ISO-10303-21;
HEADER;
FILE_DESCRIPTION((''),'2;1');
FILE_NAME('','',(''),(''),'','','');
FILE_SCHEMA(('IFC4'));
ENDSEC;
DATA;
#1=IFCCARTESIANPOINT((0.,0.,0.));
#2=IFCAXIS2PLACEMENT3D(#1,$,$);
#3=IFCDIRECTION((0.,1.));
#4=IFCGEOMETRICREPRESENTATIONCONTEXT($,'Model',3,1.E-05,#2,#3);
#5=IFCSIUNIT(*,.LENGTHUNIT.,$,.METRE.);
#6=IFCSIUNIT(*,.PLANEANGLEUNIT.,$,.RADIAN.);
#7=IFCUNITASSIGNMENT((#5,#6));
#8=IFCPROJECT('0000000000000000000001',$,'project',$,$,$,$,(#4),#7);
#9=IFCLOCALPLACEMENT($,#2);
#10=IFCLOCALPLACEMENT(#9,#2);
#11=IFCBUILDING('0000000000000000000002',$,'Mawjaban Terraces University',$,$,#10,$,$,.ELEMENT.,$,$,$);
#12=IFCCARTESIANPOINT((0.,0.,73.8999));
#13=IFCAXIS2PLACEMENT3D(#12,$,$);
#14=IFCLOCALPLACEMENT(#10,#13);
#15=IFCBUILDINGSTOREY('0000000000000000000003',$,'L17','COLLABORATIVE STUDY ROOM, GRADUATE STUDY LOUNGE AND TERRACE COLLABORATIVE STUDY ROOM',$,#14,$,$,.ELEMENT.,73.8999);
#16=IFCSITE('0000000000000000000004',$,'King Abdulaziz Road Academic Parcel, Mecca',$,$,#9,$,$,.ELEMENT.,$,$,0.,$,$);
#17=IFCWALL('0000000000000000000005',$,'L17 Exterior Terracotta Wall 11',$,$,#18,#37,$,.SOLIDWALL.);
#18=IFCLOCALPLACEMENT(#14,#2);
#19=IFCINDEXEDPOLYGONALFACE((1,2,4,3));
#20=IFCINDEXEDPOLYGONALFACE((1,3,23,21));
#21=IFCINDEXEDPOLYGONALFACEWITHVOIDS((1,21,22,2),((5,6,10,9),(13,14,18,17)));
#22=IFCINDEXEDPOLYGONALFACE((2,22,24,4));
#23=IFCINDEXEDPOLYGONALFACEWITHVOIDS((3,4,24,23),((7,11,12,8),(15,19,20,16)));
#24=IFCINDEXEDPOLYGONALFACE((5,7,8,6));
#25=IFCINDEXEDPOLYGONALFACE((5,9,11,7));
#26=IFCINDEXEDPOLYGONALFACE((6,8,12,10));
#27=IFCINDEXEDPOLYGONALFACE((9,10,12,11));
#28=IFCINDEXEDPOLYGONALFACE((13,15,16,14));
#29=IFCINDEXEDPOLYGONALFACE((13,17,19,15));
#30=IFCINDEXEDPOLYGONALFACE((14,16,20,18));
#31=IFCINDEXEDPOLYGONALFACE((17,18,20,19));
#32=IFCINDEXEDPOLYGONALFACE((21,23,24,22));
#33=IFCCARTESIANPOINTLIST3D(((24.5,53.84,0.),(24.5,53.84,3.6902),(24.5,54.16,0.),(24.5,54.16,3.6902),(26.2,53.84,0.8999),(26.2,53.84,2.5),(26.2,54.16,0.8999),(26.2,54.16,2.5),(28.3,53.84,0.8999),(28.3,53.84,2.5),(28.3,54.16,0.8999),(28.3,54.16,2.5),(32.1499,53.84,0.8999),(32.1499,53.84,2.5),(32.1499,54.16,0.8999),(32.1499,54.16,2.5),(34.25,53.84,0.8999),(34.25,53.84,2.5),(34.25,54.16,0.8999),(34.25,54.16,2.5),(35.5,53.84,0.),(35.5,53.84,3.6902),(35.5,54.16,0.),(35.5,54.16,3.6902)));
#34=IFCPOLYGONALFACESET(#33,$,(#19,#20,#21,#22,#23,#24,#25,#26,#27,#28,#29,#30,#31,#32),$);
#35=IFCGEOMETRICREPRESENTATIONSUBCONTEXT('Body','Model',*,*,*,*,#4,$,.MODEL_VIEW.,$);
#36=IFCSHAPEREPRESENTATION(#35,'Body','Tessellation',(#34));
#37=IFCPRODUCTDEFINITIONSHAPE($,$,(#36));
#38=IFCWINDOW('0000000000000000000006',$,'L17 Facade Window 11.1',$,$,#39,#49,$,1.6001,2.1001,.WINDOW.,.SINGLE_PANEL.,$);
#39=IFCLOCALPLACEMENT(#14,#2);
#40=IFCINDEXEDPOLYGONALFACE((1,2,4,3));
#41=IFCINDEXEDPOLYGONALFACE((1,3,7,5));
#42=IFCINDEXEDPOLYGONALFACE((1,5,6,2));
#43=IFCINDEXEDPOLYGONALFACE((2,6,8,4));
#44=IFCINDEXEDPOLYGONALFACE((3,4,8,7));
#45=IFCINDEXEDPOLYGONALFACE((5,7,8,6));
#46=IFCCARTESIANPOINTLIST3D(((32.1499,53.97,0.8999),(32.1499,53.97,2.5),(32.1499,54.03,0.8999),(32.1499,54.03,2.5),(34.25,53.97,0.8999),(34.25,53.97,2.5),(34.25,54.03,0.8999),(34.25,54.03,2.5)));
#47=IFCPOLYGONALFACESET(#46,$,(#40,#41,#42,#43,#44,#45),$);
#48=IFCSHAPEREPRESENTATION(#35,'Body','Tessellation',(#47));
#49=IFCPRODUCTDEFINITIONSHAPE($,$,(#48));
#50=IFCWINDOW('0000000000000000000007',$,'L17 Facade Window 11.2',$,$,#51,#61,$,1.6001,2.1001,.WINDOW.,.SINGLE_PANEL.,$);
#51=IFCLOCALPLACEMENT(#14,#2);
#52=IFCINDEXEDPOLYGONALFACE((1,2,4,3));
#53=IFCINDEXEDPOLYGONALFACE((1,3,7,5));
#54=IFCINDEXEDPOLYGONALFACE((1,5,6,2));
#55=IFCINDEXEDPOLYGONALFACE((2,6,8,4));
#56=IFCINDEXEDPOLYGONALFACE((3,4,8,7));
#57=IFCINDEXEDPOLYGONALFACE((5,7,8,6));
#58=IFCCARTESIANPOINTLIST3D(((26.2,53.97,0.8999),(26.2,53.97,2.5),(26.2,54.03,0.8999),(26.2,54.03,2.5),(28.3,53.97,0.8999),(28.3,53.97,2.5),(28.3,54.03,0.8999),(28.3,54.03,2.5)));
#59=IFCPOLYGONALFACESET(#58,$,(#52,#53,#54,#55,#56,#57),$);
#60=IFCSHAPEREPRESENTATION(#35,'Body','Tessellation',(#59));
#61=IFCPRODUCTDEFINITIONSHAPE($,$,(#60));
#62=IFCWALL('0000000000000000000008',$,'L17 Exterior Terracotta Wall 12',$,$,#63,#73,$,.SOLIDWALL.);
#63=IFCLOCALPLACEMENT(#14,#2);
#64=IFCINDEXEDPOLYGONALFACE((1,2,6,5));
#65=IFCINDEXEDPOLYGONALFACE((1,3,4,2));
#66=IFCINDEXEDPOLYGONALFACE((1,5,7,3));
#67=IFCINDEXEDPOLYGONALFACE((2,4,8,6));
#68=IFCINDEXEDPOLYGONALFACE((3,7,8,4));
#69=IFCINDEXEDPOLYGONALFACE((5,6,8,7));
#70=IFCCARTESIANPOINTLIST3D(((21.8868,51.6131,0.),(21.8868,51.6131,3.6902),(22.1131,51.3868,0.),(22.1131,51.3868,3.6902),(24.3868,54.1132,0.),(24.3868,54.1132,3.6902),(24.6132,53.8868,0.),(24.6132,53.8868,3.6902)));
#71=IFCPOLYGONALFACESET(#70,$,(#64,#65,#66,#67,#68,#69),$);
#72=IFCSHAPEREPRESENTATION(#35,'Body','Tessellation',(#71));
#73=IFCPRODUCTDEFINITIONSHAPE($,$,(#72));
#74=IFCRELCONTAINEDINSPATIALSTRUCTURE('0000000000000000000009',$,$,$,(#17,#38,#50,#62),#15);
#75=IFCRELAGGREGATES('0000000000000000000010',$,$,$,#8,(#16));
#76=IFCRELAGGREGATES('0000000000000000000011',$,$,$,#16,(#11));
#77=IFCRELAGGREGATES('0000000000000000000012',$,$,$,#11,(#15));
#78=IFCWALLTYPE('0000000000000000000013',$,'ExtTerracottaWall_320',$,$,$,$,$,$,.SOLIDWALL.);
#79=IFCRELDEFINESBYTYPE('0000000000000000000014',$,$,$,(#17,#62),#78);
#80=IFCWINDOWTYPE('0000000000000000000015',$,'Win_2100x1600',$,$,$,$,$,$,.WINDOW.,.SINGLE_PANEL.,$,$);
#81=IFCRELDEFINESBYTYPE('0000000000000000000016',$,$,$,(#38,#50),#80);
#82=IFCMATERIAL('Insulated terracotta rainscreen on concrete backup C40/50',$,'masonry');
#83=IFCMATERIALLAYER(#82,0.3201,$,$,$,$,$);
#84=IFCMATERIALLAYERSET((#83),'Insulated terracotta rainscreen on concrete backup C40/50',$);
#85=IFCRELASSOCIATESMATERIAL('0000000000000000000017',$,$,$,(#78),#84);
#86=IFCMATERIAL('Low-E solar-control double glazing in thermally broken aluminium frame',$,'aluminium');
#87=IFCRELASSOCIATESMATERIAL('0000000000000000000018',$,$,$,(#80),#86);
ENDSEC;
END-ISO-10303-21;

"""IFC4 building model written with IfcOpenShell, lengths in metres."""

from ifc_helpers import new_model, si_unit, direction, frame, frame_2d, origin, place, context, subcontext, project, spatial, rectangle, extrude, material, layer, layer_set, type_object, element, fill, save


model = new_model("IFC4")

# Units and contexts
model_context = context("Model", 3, precision=1e-05, world=origin(), true_north=direction((0.0, 1.0)))
body_context = subcontext(model_context, "Body", "Model", "MODEL_VIEW")
ifc_project = project(units=[si_unit("LENGTHUNIT", "METRE"), si_unit("PLANEANGLEUNIT", "RADIAN")], contexts=[model_context])

# Site, building, storey
site_placement = place(None, origin())
site = spatial("IfcSite", under=ifc_project, at=site_placement, Name="King Abdulaziz Road Academic Parcel, Mecca", CompositionType="ELEMENT", RefElevation=0.0)
building_placement = place(site_placement, origin())
building = spatial("IfcBuilding", under=site, at=building_placement, Name="Mawjaban Terraces University", CompositionType="ELEMENT")
storey_placement = place(building_placement, frame((0.0, 0.0, 73.8999)))
storey = spatial("IfcBuildingStorey", under=building, at=storey_placement, Name="L17", Description="COLLABORATIVE STUDY ROOM, GRADUATE STUDY LOUNGE AND TERRACE COLLABORATIVE STUDY ROOM", CompositionType="ELEMENT", Elevation=73.8999)

# Wall, openings, windows
ifc_material_1 = material(Name="Insulated terracotta rainscreen on concrete backup C40/50", Category="masonry")
ifc_layer_1 = layer(ifc_material_1, 0.3201)
ifc_layer_set_1 = layer_set([ifc_layer_1], Name="Insulated terracotta rainscreen on concrete backup C40/50")
wall_type_1 = type_object("IfcWallType", Name="ExtTerracottaWall_320", PredefinedType="SOLIDWALL", material=ifc_layer_set_1)
wall_1_placement = place(storey_placement, frame((35.5, 54.0, 0.0), z_axis=(0.0, 0.0, 1.0), x_axis=(-1.0, 0.0, 0.0)))
wall_1 = element("IfcWall", 1, at=wall_1_placement, inside=storey, type_object=wall_type_1, Name="L17 Exterior Terracotta Wall 11", PredefinedType="SOLIDWALL", context=body_context, shape_type="SweptSolid", body=[
    extrude(rectangle(XDim=11.0, YDim=0.3201, at=frame_2d((5.5, 0.0))), origin(), (0.0, 0.0, 1.0), 3.6902),
])
opening_1_placement = place(wall_1_placement, frame((1.25, 0.0, 0.8999)))
opening_1 = element("IfcOpeningElement", 2, at=opening_1_placement, cuts=wall_1, PredefinedType="OPENING", context=body_context, shape_type="SweptSolid", body=[
    extrude(rectangle(XDim=2.1001, YDim=1.6001, at=frame_2d((1.05, 0.8))), frame((0.0, 0.1699, 0.0), z_axis=(0.0, -1.0, 0.0), x_axis=(1.0, 0.0, 0.0)), (0.0, 0.0, 1.0), 0.3401),
])
opening_2_placement = place(wall_1_placement, frame((7.2, 0.0, 0.8999)))
opening_2 = element("IfcOpeningElement", 3, at=opening_2_placement, cuts=wall_1, PredefinedType="OPENING", context=body_context, shape_type="SweptSolid", body=[
    extrude(rectangle(XDim=2.1001, YDim=1.6001, at=frame_2d((1.05, 0.8))), frame((0.0, 0.1699, 0.0), z_axis=(0.0, -1.0, 0.0), x_axis=(1.0, 0.0, 0.0)), (0.0, 0.0, 1.0), 0.3401),
])
ifc_material_2 = material(Name="Low-E solar-control double glazing in thermally broken aluminium frame", Category="aluminium")
window_type_1 = type_object("IfcWindowType", Name="Win_2100x1600", PartitioningType="SINGLE_PANEL", PredefinedType="WINDOW", material=ifc_material_2)
window_1_placement = place(opening_1_placement, origin())
window_1 = element("IfcWindow", 4, at=window_1_placement, inside=storey, type_object=window_type_1, Name="L17 Facade Window 11.1", OverallHeight=1.6001, OverallWidth=2.1001, PartitioningType="SINGLE_PANEL", PredefinedType="WINDOW", context=body_context, shape_type="SweptSolid", body=[
    extrude(rectangle(XDim=2.1001, YDim=1.6001, at=frame_2d((1.05, 0.8))), frame((0.0, 0.03, 0.0), z_axis=(0.0, -1.0, 0.0), x_axis=(1.0, 0.0, 0.0)), (0.0, 0.0, 1.0), 0.0601),
])
fill(opening_1, window_1)
window_2_placement = place(opening_2_placement, origin())
window_2 = element("IfcWindow", 5, at=window_2_placement, inside=storey, type_object=window_type_1, Name="L17 Facade Window 11.2", OverallHeight=1.6001, OverallWidth=2.1001, PartitioningType="SINGLE_PANEL", PredefinedType="WINDOW", context=body_context, shape_type="SweptSolid", body=[
    extrude(rectangle(XDim=2.1001, YDim=1.6001, at=frame_2d((1.05, 0.8))), frame((0.0, 0.03, 0.0), z_axis=(0.0, -1.0, 0.0), x_axis=(1.0, 0.0, 0.0)), (0.0, 0.0, 1.0), 0.0601),
])
fill(opening_2, window_2)

# Wall
wall_2_placement = place(storey_placement, frame((24.5, 54.0, 0.0), z_axis=(0.0, 0.0, 1.0), x_axis=(-0.707107, -0.707107, 0.0)))
element("IfcWall", 6, at=wall_2_placement, inside=storey, type_object=wall_type_1, Name="L17 Exterior Terracotta Wall 12", PredefinedType="SOLIDWALL", context=body_context, shape_type="SweptSolid", body=[
    extrude(rectangle(XDim=3.5356, YDim=0.3201, at=frame_2d((1.7678, 0.0))), origin(), (0.0, 0.0, 1.0), 3.6902),
])

save(model, "model.ifc")
